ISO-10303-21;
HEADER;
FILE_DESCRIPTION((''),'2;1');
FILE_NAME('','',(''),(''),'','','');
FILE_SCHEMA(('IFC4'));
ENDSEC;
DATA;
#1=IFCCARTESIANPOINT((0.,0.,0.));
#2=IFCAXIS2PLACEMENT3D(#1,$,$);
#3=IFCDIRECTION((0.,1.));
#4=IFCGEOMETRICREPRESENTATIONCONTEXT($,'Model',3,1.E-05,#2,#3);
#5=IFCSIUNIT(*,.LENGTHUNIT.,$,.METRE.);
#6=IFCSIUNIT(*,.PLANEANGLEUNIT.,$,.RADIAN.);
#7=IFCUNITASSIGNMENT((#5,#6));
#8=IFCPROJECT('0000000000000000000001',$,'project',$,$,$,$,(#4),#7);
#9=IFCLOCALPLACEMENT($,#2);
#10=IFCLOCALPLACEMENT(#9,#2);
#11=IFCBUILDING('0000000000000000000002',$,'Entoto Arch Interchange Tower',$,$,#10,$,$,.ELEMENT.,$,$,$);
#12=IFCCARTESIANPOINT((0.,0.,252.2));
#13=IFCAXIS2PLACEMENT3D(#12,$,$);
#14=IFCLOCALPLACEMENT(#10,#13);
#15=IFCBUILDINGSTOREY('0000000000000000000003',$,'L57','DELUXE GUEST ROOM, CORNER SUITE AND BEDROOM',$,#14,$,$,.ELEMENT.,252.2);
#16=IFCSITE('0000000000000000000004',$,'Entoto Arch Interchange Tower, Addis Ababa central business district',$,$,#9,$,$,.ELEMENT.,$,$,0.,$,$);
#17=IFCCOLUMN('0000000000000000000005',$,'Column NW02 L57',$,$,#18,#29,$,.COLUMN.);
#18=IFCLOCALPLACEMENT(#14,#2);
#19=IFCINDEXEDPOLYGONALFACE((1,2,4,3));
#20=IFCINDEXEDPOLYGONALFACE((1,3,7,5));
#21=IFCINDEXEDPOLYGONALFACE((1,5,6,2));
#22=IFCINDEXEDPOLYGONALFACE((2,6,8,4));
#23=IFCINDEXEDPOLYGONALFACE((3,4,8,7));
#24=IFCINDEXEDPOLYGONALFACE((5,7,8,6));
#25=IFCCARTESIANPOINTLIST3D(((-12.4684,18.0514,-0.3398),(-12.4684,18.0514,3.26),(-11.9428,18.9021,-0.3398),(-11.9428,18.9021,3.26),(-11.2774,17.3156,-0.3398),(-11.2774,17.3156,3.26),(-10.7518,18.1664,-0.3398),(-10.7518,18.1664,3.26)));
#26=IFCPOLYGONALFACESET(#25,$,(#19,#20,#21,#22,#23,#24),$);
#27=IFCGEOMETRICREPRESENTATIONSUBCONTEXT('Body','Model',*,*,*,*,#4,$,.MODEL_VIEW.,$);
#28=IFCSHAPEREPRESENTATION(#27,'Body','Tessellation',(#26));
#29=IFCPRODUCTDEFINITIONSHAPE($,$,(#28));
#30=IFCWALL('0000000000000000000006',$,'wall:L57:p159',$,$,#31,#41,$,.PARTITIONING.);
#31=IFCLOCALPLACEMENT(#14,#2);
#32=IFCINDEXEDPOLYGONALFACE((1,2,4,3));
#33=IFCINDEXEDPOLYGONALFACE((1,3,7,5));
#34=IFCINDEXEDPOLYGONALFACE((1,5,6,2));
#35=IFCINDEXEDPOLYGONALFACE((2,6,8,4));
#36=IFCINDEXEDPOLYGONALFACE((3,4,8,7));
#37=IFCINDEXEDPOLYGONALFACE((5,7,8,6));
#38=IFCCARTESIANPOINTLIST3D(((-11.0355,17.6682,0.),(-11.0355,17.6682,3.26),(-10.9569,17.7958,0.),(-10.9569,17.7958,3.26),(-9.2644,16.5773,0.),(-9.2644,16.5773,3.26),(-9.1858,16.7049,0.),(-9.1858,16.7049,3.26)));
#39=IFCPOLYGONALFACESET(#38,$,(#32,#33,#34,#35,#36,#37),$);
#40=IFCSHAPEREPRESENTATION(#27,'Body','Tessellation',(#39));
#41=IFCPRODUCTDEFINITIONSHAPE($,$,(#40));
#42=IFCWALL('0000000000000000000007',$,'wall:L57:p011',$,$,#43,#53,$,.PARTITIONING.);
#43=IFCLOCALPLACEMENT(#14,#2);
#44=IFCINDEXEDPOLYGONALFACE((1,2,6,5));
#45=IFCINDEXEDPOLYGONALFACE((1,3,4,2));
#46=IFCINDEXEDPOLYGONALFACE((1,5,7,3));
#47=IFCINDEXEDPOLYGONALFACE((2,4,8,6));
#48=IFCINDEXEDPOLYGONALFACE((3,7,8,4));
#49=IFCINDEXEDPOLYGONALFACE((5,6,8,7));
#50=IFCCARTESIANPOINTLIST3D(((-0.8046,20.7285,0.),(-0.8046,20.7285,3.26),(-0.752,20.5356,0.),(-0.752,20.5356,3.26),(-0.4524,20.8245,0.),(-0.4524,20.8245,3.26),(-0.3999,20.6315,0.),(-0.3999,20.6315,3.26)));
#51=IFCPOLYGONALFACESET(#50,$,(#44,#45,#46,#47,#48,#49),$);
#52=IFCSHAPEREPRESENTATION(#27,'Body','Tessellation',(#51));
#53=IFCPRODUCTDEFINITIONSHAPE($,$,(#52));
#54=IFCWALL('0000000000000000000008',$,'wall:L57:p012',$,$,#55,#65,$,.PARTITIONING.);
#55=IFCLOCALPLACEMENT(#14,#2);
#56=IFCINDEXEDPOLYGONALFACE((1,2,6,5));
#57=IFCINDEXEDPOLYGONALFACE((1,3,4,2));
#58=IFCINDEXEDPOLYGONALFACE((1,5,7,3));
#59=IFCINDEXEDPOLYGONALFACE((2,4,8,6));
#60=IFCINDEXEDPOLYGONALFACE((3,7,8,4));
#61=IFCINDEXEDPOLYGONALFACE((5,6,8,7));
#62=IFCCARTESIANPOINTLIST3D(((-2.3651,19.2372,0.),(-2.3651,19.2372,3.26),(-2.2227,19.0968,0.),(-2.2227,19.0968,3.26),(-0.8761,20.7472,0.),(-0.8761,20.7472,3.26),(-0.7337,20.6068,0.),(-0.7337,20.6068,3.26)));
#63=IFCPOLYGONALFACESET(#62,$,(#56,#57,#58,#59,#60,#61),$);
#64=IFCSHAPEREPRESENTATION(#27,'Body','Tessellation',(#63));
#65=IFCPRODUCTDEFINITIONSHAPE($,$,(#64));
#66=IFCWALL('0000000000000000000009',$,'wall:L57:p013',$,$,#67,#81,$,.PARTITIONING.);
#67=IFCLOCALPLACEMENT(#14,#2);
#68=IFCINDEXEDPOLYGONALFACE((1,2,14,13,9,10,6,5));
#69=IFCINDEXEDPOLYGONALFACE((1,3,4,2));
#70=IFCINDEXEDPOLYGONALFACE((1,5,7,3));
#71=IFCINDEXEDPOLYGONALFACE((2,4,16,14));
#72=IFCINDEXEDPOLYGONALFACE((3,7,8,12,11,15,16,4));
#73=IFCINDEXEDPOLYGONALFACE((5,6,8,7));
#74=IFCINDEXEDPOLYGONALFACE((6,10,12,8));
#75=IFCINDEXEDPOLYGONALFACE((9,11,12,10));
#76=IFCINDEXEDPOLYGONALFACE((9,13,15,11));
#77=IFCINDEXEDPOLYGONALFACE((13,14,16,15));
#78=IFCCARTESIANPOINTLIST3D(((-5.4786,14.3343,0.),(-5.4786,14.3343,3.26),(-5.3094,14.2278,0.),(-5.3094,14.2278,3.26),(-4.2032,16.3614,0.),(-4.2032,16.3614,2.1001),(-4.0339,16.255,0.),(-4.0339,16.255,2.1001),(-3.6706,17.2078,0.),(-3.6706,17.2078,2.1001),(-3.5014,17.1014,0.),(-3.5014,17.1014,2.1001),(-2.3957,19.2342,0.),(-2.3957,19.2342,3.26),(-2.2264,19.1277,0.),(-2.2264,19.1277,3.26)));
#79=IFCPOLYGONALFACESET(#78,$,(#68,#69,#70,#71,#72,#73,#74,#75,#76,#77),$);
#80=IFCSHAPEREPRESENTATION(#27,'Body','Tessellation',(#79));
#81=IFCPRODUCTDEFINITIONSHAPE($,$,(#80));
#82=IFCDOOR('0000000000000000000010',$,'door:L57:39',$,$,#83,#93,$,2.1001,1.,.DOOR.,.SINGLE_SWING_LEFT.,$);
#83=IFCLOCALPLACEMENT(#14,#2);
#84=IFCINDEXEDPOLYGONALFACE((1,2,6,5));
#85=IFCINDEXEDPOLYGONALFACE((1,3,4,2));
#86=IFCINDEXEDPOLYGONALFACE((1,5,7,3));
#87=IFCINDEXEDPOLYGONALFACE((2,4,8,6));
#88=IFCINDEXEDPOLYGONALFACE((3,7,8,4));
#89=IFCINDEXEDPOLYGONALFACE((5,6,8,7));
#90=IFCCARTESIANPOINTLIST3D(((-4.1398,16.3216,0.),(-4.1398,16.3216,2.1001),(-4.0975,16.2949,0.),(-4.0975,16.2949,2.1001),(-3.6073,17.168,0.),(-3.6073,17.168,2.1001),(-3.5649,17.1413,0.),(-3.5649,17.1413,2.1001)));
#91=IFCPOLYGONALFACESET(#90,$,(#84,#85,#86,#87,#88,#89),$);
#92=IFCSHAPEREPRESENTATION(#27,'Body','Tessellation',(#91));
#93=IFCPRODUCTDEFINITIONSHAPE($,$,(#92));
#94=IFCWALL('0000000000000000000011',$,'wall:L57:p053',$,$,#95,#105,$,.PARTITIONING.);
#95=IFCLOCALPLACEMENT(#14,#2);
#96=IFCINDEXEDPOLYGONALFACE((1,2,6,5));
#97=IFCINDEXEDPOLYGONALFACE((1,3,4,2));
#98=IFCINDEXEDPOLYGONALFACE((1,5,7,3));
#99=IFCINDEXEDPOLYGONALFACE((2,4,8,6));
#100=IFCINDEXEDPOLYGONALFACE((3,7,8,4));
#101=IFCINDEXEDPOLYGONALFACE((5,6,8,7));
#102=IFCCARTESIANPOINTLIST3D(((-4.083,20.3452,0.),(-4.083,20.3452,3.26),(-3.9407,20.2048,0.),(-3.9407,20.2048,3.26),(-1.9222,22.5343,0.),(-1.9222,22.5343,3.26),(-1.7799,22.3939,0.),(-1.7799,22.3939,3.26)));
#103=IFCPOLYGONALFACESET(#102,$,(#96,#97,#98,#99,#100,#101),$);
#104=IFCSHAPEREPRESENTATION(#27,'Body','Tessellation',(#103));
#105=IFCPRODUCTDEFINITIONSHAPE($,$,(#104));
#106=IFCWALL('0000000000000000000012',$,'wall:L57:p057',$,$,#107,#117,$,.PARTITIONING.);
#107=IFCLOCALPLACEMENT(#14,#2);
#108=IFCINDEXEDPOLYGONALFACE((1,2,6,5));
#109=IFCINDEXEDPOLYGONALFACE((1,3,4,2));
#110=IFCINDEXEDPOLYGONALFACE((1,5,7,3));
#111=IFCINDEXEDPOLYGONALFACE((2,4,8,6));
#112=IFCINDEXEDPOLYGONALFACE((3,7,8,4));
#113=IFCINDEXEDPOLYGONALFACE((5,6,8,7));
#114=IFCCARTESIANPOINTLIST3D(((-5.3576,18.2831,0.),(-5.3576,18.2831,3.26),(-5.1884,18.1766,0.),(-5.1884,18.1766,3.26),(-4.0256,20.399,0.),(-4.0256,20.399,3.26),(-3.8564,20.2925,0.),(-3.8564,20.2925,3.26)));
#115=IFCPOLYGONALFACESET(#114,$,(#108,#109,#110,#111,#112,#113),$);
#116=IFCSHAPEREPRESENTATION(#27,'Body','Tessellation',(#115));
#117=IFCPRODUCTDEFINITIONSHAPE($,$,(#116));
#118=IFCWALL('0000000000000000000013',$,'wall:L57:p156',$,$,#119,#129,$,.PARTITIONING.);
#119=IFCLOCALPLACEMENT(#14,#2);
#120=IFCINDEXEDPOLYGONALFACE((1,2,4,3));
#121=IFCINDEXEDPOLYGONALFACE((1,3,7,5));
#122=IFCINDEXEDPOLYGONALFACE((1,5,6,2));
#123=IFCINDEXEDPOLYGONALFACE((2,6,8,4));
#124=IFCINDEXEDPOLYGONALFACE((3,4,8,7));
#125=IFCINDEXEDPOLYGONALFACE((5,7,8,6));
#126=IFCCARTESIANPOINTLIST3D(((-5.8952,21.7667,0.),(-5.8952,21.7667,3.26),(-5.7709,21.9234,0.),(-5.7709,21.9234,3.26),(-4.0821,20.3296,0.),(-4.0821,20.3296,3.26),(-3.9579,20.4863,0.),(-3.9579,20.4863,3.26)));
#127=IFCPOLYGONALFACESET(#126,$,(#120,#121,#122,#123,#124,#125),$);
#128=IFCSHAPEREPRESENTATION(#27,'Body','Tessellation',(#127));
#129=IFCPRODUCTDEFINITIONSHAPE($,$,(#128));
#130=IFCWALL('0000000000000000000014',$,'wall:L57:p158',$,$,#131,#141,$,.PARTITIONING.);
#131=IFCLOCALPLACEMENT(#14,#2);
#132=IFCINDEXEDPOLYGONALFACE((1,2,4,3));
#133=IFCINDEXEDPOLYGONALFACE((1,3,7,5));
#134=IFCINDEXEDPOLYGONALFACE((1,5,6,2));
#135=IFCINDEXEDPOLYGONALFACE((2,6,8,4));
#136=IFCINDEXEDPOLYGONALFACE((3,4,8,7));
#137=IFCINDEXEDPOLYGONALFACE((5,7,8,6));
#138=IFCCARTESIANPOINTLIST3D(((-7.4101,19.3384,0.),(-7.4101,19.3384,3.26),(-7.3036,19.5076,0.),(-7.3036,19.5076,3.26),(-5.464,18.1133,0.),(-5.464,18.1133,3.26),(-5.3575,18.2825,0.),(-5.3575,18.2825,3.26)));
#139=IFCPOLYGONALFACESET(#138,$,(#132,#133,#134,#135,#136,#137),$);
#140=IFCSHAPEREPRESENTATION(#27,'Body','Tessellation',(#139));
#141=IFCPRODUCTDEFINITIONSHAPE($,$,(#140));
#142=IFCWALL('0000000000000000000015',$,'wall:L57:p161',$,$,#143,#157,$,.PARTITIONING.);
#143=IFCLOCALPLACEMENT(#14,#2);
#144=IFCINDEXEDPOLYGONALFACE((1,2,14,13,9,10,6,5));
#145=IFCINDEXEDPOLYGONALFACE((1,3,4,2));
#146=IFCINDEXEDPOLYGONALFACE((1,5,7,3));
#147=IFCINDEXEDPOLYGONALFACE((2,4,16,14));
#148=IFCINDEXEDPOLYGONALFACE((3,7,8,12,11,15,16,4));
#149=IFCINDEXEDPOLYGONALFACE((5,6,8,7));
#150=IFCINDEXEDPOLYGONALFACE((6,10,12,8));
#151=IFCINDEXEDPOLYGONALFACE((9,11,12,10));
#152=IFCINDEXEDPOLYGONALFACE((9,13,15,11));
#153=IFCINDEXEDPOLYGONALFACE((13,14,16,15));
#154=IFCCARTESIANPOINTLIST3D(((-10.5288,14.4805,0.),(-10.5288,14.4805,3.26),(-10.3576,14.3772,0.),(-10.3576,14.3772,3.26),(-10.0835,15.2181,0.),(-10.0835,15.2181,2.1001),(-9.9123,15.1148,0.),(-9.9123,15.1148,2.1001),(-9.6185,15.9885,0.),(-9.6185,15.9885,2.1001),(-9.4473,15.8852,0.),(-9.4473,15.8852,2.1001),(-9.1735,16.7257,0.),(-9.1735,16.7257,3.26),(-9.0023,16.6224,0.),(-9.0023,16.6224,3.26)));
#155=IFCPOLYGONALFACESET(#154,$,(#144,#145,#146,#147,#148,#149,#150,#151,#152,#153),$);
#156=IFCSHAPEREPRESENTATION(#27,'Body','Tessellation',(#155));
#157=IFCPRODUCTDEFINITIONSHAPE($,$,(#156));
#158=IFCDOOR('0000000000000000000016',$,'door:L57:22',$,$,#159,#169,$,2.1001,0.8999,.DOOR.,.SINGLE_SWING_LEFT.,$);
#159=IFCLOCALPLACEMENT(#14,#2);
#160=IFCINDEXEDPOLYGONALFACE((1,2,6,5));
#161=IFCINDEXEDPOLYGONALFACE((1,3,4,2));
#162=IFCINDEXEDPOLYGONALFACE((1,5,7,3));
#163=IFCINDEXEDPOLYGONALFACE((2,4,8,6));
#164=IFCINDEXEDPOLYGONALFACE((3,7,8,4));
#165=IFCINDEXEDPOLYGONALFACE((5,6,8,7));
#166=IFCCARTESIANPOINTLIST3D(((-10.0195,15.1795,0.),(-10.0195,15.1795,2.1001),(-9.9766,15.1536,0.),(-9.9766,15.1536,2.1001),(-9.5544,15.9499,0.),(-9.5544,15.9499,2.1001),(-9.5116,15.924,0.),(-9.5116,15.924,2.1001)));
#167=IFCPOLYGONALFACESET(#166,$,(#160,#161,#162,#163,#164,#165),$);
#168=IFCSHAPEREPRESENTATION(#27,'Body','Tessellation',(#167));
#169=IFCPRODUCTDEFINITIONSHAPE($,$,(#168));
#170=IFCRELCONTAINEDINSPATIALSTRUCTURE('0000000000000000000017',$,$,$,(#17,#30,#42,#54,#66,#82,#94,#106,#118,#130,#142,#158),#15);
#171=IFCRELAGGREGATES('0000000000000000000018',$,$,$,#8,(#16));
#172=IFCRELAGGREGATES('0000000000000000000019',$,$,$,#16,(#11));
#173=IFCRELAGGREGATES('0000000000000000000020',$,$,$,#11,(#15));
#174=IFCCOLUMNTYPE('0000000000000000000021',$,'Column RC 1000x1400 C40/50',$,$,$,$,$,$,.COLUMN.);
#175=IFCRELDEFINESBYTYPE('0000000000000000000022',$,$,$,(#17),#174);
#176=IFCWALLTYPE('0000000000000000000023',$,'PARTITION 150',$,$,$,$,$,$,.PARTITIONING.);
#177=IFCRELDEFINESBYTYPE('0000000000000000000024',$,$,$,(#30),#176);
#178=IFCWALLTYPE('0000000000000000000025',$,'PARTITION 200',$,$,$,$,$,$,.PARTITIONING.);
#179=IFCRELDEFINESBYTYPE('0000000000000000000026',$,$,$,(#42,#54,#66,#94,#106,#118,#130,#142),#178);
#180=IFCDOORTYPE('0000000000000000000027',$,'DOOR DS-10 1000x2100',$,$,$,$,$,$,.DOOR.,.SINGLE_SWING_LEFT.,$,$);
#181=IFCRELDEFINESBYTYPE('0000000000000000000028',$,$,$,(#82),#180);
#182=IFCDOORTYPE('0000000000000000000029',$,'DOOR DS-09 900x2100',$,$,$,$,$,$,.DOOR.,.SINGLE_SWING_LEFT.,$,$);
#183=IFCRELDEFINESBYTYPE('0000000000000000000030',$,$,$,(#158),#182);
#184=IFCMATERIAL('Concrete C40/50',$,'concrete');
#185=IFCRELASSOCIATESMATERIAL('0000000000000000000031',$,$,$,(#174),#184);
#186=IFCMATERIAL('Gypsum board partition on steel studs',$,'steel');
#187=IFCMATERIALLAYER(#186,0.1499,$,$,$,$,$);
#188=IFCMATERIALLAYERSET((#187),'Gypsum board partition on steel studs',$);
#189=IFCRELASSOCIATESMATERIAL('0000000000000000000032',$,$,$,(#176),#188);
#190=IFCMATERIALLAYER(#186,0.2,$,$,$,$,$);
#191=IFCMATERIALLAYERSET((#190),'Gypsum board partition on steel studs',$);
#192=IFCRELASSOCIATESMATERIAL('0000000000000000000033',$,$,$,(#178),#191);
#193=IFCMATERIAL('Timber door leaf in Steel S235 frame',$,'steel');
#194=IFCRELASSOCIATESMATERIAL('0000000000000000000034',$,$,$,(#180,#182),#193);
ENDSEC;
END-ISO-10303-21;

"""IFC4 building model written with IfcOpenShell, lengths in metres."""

from ifc_helpers import new_model, si_unit, direction, frame, frame_2d, origin, origin_2d, place, context, subcontext, project, spatial, rectangle, extrude, material, layer, layer_set, material_profile, profile_set, type_object, element, fill, save


model = new_model("IFC4")

# Units and contexts
model_context = context("Model", 3, precision=1e-05, world=origin(), true_north=direction((0.0, 1.0)))
body_context = subcontext(model_context, "Body", "Model", "MODEL_VIEW")
ifc_project = project(units=[si_unit("LENGTHUNIT", "METRE"), si_unit("PLANEANGLEUNIT", "RADIAN")], contexts=[model_context])

# Site, building, storey
site_placement = place(None, origin())
site = spatial("IfcSite", under=ifc_project, at=site_placement, Name="Entoto Arch Interchange Tower, Addis Ababa central business district", CompositionType="ELEMENT", RefElevation=0.0)
building_placement = place(site_placement, origin())
building = spatial("IfcBuilding", under=site, at=building_placement, Name="Entoto Arch Interchange Tower", CompositionType="ELEMENT")
storey_placement = place(building_placement, frame((0.0, 0.0, 252.2)))
storey = spatial("IfcBuildingStorey", under=building, at=storey_placement, Name="L57", Description="DELUXE GUEST ROOM, CORNER SUITE AND BEDROOM", CompositionType="ELEMENT", Elevation=252.2)

# Column
ifc_material_1 = material(Name="Concrete C40/50", Category="concrete")
ifc_material_profile = material_profile(ifc_material_1, rectangle(XDim=1.0, YDim=1.3999, at=origin_2d()))
ifc_profile_set = profile_set([ifc_material_profile], Name="Concrete C40/50")
column_type = type_object("IfcColumnType", Name="Column RC 1000x1400 C40/50", PredefinedType="COLUMN", material=ifc_profile_set)
column_placement = place(storey_placement, frame((-11.6101, 18.1089, -0.3398), z_axis=(0.0, 0.0, 1.0), x_axis=(0.525576, 0.850747, 0.0)))
element("IfcColumn", 1, at=column_placement, inside=storey, type_object=column_type, Name="Column NW02 L57", PredefinedType="COLUMN", context=body_context, shape_type="SweptSolid", body=[
    extrude(rectangle(XDim=1.0, YDim=1.3999, at=origin_2d()), origin(), (0.0, 0.0, 1.0), 3.5999),
])

# Walls
ifc_material_2 = material(Name="Gypsum board partition on steel studs", Category="steel")
ifc_layer_1 = layer(ifc_material_2, 0.1499)
ifc_layer_set_1 = layer_set([ifc_layer_1], Name="Gypsum board partition on steel studs")
wall_type_1 = type_object("IfcWallType", Name="PARTITION 150", PredefinedType="PARTITIONING", material=ifc_layer_set_1)
wall_1_placement = place(storey_placement, frame((-9.2251, 16.6411, 0.0), z_axis=(0.0, 0.0, 1.0), x_axis=(-0.851449, 0.524438, 0.0)))
element("IfcWall", 2, at=wall_1_placement, inside=storey, type_object=wall_type_1, Name="wall:L57:p159", PredefinedType="PARTITIONING", context=body_context, shape_type="SweptSolid", body=[
    extrude(rectangle(XDim=2.0801, YDim=0.1499, at=frame_2d((1.04, 0.0))), origin(), (0.0, 0.0, 1.0), 3.26),
])
ifc_layer_2 = layer(ifc_material_2, 0.2)
ifc_layer_set_2 = layer_set([ifc_layer_2], Name="Gypsum board partition on steel studs")
wall_type_2 = type_object("IfcWallType", Name="PARTITION 200", PredefinedType="PARTITIONING", material=ifc_layer_set_2)
wall_2_placement = place(storey_placement, frame((-0.426, 20.728, 0.0), z_axis=(0.0, 0.0, 1.0), x_axis=(-0.96481, -0.262948, 0.0)))
element("IfcWall", 3, at=wall_2_placement, inside=storey, type_object=wall_type_2, Name="wall:L57:p011", PredefinedType="PARTITIONING", context=body_context, shape_type="SweptSolid", body=[
    extrude(rectangle(XDim=0.365, YDim=0.2, at=frame_2d((0.1826, 0.0))), origin(), (0.0, 0.0, 1.0), 3.26),
])
wall_3_placement = place(storey_placement, frame((-0.8049, 20.677, 0.0), z_axis=(0.0, 0.0, 1.0), x_axis=(-0.702139, -0.71204, 0.0)))
element("IfcWall", 4, at=wall_3_placement, inside=storey, type_object=wall_type_2, Name="wall:L57:p012", PredefinedType="PARTITIONING", context=body_context, shape_type="SweptSolid", body=[
    extrude(rectangle(XDim=2.1206, YDim=0.2, at=frame_2d((1.0603, 0.0))), origin(), (0.0, 0.0, 1.0), 3.26),
])

# Wall, opening, door
wall_4_placement = place(storey_placement, frame((-2.311, 19.1809, 0.0), z_axis=(0.0, 0.0, 1.0), x_axis=(-0.532552, -0.846398, 0.0)))
wall_4 = element("IfcWall", 5, at=wall_4_placement, inside=storey, type_object=wall_type_2, Name="wall:L57:p013", PredefinedType="PARTITIONING", context=body_context, shape_type="SweptSolid", body=[
    extrude(rectangle(XDim=5.7891, YDim=0.2, at=frame_2d((2.8945, 0.0))), origin(), (0.0, 0.0, 1.0), 3.26),
])
opening_1_placement = place(wall_4_placement, frame((2.394, 0.0, 0.0)))
opening_1 = element("IfcOpeningElement", 6, at=opening_1_placement, cuts=wall_4, PredefinedType="OPENING", context=body_context, shape_type="SweptSolid", body=[
    extrude(rectangle(XDim=1.0, YDim=2.1001, at=frame_2d((0.5, 1.05))), frame((0.0, 0.1099, 0.0), z_axis=(0.0, -1.0, 0.0), x_axis=(1.0, 0.0, 0.0)), (0.0, 0.0, 1.0), 0.22),
])
ifc_material_3 = material(Name="Timber door leaf in Steel S235 frame", Category="steel")
door_type_1 = type_object("IfcDoorType", Name="DOOR DS-10 1000x2100", OperationType="SINGLE_SWING_LEFT", PredefinedType="DOOR", material=ifc_material_3)
door_1_placement = place(opening_1_placement, origin())
door_1 = element("IfcDoor", 7, at=door_1_placement, inside=storey, type_object=door_type_1, Name="door:L57:39", OperationType="SINGLE_SWING_LEFT", OverallHeight=2.1001, OverallWidth=1.0, PredefinedType="DOOR", context=body_context, shape_type="SweptSolid", body=[
    extrude(rectangle(XDim=1.0, YDim=2.1001, at=frame_2d((0.5, 1.05))), frame((0.0, 0.0249, 0.0), z_axis=(0.0, -1.0, 0.0), x_axis=(1.0, 0.0, 0.0)), (0.0, 0.0, 1.0), 0.05),
])
fill(opening_1, door_1)

# Walls
wall_5_placement = place(storey_placement, frame((-4.012, 20.2749, 0.0), z_axis=(0.0, 0.0, 1.0), x_axis=(0.702488, 0.711695, 0.0)))
element("IfcWall", 8, at=wall_5_placement, inside=storey, type_object=wall_type_2, Name="wall:L57:p053", PredefinedType="PARTITIONING", context=body_context, shape_type="SweptSolid", body=[
    extrude(rectangle(XDim=3.0759, YDim=0.2, at=frame_2d((1.5381, 0.0))), origin(), (0.0, 0.0, 1.0), 3.26),
])
wall_6_placement = place(storey_placement, frame((-5.2729, 18.23, 0.0), z_axis=(0.0, 0.0, 1.0), x_axis=(0.532743, 0.846277, 0.0)))
element("IfcWall", 9, at=wall_6_placement, inside=storey, type_object=wall_type_2, Name="wall:L57:p057", PredefinedType="PARTITIONING", context=body_context, shape_type="SweptSolid", body=[
    extrude(rectangle(XDim=2.5002, YDim=0.2, at=frame_2d((1.25, 0.0))), origin(), (0.0, 0.0, 1.0), 3.26),
])
wall_7_placement = place(storey_placement, frame((-4.02, 20.408, 0.0), z_axis=(0.0, 0.0, 1.0), x_axis=(-0.783682, 0.621162, 0.0)))
element("IfcWall", 10, at=wall_7_placement, inside=storey, type_object=wall_type_2, Name="wall:L57:p156", PredefinedType="PARTITIONING", context=body_context, shape_type="SweptSolid", body=[
    extrude(rectangle(XDim=2.3135, YDim=0.2, at=frame_2d((1.1567, 0.0))), origin(), (0.0, 0.0, 1.0), 3.26),
])
wall_8_placement = place(storey_placement, frame((-7.3569, 19.4231, 0.0), z_axis=(0.0, 0.0, 1.0), x_axis=(0.84627, -0.532754, 0.0)))
element("IfcWall", 11, at=wall_8_placement, inside=storey, type_object=wall_type_2, Name="wall:L57:p158", PredefinedType="PARTITIONING", context=body_context, shape_type="SweptSolid", body=[
    extrude(rectangle(XDim=2.2996, YDim=0.2, at=frame_2d((1.1499, 0.0))), origin(), (0.0, 0.0, 1.0), 3.26),
])

# Wall, opening, door
wall_9_placement = place(storey_placement, frame((-9.0879, 16.6741, 0.0), z_axis=(0.0, 0.0, 1.0), x_axis=(-0.51678, -0.856118, 0.0)))
wall_9 = element("IfcWall", 12, at=wall_9_placement, inside=storey, type_object=wall_type_2, Name="wall:L57:p161", PredefinedType="PARTITIONING", context=body_context, shape_type="SweptSolid", body=[
    extrude(rectangle(XDim=2.6226, YDim=0.2, at=frame_2d((1.3113, 0.0))), origin(), (0.0, 0.0, 1.0), 3.26),
])
opening_2_placement = place(wall_9_placement, frame((0.8611, 0.0, 0.0)))
opening_2 = element("IfcOpeningElement", 13, at=opening_2_placement, cuts=wall_9, PredefinedType="OPENING", context=body_context, shape_type="SweptSolid", body=[
    extrude(rectangle(XDim=0.8999, YDim=2.1001, at=frame_2d((0.45, 1.05))), frame((0.0, 0.1099, 0.0), z_axis=(0.0, -1.0, 0.0), x_axis=(1.0, 0.0, 0.0)), (0.0, 0.0, 1.0), 0.22),
])
door_type_2 = type_object("IfcDoorType", Name="DOOR DS-09 900x2100", OperationType="SINGLE_SWING_LEFT", PredefinedType="DOOR", material=ifc_material_3)
door_2_placement = place(opening_2_placement, origin())
door_2 = element("IfcDoor", 14, at=door_2_placement, inside=storey, type_object=door_type_2, Name="door:L57:22", OperationType="SINGLE_SWING_LEFT", OverallHeight=2.1001, OverallWidth=0.8999, PredefinedType="DOOR", context=body_context, shape_type="SweptSolid", body=[
    extrude(rectangle(XDim=0.8999, YDim=2.1001, at=frame_2d((0.45, 1.05))), frame((0.0, 0.0249, 0.0), z_axis=(0.0, -1.0, 0.0), x_axis=(1.0, 0.0, 0.0)), (0.0, 0.0, 1.0), 0.05),
])
fill(opening_2, door_2)

save(model, "model.ifc")
